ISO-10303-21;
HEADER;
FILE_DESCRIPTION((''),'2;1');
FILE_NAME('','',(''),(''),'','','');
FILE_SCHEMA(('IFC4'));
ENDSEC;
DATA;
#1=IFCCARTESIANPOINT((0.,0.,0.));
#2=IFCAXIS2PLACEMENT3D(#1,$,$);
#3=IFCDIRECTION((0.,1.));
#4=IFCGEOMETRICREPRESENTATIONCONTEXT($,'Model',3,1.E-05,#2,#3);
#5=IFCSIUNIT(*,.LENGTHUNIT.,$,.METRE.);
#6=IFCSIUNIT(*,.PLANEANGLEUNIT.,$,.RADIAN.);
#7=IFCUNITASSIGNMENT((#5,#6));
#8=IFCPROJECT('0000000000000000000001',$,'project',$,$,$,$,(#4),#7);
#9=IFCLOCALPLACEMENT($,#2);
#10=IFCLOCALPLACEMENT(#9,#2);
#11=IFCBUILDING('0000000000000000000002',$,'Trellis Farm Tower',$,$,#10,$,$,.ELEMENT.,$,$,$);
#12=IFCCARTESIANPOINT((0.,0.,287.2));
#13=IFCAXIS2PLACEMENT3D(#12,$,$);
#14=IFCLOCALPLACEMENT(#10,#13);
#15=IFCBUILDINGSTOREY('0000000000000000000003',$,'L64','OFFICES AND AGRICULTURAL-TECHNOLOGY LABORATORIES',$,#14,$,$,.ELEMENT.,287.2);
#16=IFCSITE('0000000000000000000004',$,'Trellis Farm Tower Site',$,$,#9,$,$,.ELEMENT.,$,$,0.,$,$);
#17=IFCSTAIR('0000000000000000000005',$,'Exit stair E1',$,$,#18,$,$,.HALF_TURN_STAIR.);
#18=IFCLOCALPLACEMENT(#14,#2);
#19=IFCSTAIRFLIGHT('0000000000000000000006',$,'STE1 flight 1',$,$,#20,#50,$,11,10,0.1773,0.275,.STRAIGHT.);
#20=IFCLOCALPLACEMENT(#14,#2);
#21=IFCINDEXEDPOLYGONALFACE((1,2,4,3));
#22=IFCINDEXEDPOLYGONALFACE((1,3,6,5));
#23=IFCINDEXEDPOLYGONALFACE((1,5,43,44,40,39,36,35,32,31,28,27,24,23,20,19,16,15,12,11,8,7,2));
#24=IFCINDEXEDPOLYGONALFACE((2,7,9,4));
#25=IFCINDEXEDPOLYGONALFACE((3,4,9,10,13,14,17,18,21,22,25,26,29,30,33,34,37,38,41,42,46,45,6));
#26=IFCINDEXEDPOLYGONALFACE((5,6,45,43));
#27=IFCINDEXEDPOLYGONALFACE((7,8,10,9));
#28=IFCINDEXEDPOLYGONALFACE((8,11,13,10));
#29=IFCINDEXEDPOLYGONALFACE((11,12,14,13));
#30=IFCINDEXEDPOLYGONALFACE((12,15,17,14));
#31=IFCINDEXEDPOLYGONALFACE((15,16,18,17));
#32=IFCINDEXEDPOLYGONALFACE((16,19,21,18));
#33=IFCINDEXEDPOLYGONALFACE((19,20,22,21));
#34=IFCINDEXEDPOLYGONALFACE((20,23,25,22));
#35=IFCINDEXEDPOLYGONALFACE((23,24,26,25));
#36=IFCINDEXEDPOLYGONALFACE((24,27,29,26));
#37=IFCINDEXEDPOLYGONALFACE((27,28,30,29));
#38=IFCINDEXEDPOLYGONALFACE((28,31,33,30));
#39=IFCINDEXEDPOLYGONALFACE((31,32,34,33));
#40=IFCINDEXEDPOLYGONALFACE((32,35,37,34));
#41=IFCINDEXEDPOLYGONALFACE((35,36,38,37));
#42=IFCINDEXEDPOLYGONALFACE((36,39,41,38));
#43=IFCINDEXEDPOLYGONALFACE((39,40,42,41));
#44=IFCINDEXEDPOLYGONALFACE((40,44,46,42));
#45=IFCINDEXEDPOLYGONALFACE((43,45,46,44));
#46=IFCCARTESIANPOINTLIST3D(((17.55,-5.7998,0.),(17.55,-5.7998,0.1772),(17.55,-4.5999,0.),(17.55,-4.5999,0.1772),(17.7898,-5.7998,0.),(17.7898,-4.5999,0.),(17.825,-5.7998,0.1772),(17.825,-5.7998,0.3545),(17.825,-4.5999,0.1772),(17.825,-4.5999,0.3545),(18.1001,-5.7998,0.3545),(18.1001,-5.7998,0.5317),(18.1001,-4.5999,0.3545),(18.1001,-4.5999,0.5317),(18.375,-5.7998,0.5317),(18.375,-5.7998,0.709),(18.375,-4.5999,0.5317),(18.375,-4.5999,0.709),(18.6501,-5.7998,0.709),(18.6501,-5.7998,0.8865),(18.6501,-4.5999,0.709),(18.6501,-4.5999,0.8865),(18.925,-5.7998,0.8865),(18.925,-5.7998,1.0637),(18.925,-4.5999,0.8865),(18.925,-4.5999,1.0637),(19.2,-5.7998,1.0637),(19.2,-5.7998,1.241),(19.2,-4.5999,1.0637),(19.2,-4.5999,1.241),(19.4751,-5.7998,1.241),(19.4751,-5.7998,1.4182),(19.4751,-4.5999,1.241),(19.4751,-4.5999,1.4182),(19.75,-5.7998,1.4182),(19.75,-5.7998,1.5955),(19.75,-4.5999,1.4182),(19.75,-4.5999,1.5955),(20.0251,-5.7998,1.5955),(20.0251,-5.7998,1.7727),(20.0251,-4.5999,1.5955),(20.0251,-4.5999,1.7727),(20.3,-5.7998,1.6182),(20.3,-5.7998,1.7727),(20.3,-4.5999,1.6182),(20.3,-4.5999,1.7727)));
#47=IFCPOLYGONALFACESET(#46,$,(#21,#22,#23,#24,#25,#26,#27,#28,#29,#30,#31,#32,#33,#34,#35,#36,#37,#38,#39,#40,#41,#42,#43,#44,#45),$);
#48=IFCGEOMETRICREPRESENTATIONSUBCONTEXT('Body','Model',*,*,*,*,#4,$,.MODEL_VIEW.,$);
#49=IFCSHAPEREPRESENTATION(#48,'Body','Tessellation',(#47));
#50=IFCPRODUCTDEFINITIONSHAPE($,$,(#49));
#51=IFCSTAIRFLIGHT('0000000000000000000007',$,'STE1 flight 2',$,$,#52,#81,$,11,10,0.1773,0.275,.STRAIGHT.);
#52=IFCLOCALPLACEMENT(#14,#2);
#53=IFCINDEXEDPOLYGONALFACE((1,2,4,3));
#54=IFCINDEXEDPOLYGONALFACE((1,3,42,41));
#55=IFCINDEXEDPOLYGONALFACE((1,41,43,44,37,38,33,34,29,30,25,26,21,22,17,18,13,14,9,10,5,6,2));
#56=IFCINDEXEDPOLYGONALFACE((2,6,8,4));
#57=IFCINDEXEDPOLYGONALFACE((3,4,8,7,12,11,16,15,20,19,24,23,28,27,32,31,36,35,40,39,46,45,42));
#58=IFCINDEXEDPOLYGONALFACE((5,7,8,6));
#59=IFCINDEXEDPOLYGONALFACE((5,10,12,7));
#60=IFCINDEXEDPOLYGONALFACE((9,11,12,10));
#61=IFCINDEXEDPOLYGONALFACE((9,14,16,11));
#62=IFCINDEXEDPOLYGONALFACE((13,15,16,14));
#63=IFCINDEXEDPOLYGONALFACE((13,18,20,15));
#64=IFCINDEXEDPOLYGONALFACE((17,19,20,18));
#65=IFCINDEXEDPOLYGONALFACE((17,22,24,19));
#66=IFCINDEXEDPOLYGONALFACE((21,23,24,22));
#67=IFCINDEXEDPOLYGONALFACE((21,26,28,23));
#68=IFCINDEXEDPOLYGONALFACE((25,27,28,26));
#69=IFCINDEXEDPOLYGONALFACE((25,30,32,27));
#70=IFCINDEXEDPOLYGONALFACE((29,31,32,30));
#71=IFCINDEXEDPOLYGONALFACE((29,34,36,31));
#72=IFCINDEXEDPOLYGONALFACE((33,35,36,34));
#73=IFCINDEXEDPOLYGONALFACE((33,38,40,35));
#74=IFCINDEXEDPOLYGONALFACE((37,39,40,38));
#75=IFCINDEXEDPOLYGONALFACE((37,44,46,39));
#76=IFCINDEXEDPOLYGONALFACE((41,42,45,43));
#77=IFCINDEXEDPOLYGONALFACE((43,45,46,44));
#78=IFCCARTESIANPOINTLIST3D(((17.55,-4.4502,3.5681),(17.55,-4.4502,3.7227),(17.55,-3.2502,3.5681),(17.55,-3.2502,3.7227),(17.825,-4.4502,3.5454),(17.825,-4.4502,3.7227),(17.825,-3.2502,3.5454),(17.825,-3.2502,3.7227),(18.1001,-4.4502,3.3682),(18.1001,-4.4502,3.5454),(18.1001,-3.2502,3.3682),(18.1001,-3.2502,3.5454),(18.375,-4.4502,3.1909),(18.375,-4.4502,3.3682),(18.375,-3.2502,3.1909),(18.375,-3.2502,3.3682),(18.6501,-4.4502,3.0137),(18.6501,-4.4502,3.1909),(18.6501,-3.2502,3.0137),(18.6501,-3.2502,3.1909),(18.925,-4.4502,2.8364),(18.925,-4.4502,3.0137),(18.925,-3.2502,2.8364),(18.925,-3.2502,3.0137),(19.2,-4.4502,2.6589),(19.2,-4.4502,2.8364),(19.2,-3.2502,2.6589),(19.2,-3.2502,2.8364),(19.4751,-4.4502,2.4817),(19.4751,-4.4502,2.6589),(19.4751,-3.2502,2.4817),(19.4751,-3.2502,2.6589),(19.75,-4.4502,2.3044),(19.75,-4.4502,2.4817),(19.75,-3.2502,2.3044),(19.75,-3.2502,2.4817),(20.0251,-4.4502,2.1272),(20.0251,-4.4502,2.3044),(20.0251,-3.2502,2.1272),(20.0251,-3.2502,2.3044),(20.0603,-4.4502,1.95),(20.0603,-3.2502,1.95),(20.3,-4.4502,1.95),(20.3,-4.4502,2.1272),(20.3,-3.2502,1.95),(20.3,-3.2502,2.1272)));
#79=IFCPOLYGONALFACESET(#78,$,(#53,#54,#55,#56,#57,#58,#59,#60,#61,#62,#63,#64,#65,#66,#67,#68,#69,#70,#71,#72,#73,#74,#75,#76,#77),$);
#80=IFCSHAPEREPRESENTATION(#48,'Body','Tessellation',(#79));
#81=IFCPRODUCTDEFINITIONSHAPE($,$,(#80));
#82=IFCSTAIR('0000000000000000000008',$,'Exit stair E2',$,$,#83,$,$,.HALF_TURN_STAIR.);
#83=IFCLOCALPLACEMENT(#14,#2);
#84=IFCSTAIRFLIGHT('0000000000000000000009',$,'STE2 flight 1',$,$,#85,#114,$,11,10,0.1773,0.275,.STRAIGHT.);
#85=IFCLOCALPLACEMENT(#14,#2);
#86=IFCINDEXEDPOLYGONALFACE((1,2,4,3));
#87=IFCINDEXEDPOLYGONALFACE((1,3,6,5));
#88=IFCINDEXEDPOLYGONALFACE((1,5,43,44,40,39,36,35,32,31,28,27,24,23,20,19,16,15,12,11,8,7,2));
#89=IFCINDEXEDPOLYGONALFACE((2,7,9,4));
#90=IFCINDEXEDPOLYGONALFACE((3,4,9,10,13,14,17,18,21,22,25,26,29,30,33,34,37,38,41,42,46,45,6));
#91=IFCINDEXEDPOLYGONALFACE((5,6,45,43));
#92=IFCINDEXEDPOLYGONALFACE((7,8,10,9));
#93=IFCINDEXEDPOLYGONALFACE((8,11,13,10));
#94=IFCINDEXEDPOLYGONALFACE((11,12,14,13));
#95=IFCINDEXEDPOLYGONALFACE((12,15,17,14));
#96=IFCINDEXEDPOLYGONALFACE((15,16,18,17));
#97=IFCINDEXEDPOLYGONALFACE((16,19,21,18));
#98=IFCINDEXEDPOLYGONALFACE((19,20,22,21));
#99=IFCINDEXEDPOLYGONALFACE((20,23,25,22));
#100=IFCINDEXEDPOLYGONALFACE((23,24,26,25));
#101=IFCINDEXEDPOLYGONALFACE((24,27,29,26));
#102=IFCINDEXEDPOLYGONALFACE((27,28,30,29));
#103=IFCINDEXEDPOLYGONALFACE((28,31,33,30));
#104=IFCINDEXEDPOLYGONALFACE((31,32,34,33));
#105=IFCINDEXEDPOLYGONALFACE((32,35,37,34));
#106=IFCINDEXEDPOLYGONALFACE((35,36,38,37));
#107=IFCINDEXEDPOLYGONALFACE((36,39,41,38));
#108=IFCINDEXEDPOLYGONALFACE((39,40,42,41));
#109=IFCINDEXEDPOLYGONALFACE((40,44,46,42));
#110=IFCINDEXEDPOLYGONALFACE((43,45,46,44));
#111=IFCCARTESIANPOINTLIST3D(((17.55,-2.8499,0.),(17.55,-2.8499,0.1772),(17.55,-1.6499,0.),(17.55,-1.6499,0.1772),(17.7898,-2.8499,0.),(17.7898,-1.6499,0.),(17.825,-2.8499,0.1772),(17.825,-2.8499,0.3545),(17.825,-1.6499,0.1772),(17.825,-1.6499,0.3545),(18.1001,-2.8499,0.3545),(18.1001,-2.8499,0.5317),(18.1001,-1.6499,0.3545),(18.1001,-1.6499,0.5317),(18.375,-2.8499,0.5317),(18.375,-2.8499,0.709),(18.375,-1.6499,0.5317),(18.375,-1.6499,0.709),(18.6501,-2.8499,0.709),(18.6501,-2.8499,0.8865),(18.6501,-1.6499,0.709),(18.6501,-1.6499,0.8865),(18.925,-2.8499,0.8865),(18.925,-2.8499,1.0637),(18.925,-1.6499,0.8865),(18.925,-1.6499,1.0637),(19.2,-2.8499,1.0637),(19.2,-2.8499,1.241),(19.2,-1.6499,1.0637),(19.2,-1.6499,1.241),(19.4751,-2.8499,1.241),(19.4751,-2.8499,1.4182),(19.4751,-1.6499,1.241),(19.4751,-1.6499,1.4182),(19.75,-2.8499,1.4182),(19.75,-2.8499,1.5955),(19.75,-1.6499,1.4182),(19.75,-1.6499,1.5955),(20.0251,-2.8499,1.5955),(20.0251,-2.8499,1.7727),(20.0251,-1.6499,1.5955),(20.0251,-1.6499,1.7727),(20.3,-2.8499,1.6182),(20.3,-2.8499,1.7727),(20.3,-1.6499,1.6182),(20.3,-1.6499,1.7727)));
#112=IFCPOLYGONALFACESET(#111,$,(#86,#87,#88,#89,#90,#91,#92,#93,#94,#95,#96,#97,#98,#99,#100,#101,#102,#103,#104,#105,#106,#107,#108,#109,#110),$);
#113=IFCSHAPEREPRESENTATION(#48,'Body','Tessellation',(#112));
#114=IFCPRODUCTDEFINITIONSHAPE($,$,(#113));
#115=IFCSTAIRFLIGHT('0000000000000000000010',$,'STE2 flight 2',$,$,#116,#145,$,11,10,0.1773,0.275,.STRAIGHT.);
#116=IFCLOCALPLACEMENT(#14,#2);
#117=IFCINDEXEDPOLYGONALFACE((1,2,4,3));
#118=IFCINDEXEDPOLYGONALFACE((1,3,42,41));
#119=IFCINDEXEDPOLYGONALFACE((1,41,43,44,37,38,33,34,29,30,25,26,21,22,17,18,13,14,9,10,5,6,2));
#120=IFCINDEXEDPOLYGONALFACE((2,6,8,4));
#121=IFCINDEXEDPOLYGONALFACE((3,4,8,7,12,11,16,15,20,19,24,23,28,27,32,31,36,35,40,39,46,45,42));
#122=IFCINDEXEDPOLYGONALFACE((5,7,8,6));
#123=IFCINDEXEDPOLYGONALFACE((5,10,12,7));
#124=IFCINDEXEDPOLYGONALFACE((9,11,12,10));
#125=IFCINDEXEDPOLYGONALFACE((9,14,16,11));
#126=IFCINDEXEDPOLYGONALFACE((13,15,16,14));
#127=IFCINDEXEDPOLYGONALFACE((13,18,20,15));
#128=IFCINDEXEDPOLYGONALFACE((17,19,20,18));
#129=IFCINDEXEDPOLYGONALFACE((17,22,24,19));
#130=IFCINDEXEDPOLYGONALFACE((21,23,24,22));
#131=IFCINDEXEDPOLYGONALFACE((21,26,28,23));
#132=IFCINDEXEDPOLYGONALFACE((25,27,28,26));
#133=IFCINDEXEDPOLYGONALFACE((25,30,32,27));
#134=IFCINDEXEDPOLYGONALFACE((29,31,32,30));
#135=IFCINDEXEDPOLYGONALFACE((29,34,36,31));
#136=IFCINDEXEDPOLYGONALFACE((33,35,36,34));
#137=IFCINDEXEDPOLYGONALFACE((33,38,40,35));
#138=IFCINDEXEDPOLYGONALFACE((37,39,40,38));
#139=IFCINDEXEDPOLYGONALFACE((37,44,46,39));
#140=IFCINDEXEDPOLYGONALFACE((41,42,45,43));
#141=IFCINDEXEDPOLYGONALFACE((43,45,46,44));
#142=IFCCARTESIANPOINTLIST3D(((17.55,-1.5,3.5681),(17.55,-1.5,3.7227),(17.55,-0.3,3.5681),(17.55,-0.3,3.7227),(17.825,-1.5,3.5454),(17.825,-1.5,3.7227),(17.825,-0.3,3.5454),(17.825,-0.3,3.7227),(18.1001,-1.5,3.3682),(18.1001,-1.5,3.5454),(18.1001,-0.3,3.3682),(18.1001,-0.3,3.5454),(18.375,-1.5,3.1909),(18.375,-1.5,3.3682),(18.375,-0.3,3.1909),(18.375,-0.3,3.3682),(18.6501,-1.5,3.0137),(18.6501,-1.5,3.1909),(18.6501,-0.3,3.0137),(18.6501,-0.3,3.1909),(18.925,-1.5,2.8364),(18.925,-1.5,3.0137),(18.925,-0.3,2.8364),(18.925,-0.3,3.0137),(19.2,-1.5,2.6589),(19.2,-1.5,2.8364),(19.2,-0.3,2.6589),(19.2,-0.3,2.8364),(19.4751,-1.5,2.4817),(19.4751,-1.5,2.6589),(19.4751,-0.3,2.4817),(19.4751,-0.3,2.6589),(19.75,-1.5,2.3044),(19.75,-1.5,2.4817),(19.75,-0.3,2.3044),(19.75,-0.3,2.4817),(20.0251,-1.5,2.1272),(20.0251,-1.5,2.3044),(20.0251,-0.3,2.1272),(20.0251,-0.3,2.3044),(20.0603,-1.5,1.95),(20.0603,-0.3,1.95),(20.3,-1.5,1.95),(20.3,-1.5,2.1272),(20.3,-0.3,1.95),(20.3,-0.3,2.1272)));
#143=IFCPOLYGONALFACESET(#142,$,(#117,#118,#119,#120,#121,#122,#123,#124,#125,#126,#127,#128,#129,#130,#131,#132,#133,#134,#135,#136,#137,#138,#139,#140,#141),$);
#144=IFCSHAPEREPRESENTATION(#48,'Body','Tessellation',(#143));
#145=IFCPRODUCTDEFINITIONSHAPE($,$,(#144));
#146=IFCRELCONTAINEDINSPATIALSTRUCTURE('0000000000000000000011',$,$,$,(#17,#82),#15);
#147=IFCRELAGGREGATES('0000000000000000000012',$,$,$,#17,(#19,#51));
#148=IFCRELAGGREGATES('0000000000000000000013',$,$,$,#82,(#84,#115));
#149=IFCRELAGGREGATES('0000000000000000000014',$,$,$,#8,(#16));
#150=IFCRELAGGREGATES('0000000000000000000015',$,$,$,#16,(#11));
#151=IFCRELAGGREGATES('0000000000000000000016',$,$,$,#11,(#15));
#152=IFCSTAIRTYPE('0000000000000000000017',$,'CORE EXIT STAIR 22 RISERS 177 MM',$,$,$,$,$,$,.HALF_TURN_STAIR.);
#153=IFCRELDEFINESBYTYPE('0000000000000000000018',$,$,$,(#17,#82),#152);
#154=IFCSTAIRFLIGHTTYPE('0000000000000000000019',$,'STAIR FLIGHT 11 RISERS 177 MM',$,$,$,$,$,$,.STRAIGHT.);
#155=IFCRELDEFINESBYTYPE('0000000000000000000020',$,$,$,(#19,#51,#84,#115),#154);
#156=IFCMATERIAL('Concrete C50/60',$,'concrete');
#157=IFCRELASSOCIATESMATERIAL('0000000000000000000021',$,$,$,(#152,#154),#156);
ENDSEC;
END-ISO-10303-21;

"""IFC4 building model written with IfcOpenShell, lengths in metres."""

from ifc_helpers import new_model, si_unit, direction, frame, origin, place, context, subcontext, project, spatial, polyline, outline, extrude, source, transform, mapped, material, type_object, element, aggregate, save


model = new_model("IFC4")

# Units and contexts
model_context = context("Model", 3, precision=1e-05, world=origin(), true_north=direction((0.0, 1.0)))
body_context = subcontext(model_context, "Body", "Model", "MODEL_VIEW")
ifc_project = project(units=[si_unit("LENGTHUNIT", "METRE"), si_unit("PLANEANGLEUNIT", "RADIAN")], contexts=[model_context])

# Site, building, storey
site_placement = place(None, origin())
site = spatial("IfcSite", under=ifc_project, at=site_placement, Name="Trellis Farm Tower Site", CompositionType="ELEMENT", RefElevation=0.0)
building_placement = place(site_placement, origin())
building = spatial("IfcBuilding", under=site, at=building_placement, Name="Trellis Farm Tower", CompositionType="ELEMENT")
storey_placement = place(building_placement, frame((0.0, 0.0, 287.2)))
storey = spatial("IfcBuildingStorey", under=building, at=storey_placement, Name="L64", Description="OFFICES AND AGRICULTURAL-TECHNOLOGY LABORATORIES", CompositionType="ELEMENT", Elevation=287.2)

# Shared definitions
placement = place(storey_placement, origin())

# Shared definitions
ifc_material_1 = material(Name="Concrete C50/60", Category="concrete")

# Stairs, stair flights
stair_type = type_object("IfcStairType", Name="CORE EXIT STAIR 22 RISERS 177 MM", PredefinedType="HALF_TURN_STAIR", material=ifc_material_1)
stair_1 = element("IfcStair", 1, at=placement, inside=storey, type_object=stair_type, Name="Exit stair E1", PredefinedType="HALF_TURN_STAIR")
stair_flight_type = type_object("IfcStairFlightType", Name="STAIR FLIGHT 11 RISERS 177 MM", PredefinedType="STRAIGHT", material=ifc_material_1)
shared_shape_1 = source(origin(), body_context, "Body", "SweptSolid", [
    extrude(outline(polyline([(0.0, 0.0), (0.0, 0.1772), (0.2749, 0.1772), (0.2749, 0.3545), (0.55, 0.3545), (0.55, 0.5317), (0.825, 0.5317), (0.825, 0.709), (1.1001, 0.709), (1.1001, 0.8865), (1.375, 0.8865), (1.375, 1.0637), (1.6499, 1.0637), (1.6499, 1.241), (1.925, 1.241), (1.925, 1.4182), (2.2, 1.4182), (2.2, 1.5955), (2.4751, 1.5955), (2.4751, 1.7727), (2.75, 1.7727), (2.75, 1.95), (2.75, 1.6182), (0.2397, 0.0), (0.0, 0.0)])), frame((0.0, 0.6001, 0.0), z_axis=(0.0, -1.0, 0.0), x_axis=(1.0, 0.0, 0.0)), (0.0, 0.0, 1.0), 1.2),
])
stair_flight_1_placement = place(storey_placement, frame((17.55, -5.2, 0.0), z_axis=(0.0, 0.0, 1.0), x_axis=(1.0, 0.0, 0.0)))
stair_flight_1 = element("IfcStairFlight", 2, at=stair_flight_1_placement, type_object=stair_flight_type, Name="STE1 flight 1", NumberOfRisers=11, NumberOfTreads=10, PredefinedType="STRAIGHT", RiserHeight=0.1773, TreadLength=0.275, context=body_context, shape_type="MappedRepresentation", body=[
    mapped(shared_shape_1, transform((0.0, 0.0, 0.0))),
])
stair_flight_2_placement = place(storey_placement, frame((20.3, -3.8501, 1.95), z_axis=(0.0, 0.0, 1.0), x_axis=(-1.0, 0.0, 0.0)))
stair_flight_2 = element("IfcStairFlight", 3, at=stair_flight_2_placement, type_object=stair_flight_type, Name="STE1 flight 2", NumberOfRisers=11, NumberOfTreads=10, PredefinedType="STRAIGHT", RiserHeight=0.1773, TreadLength=0.275, context=body_context, shape_type="MappedRepresentation", body=[
    mapped(shared_shape_1, transform((0.0, 0.0, 0.0))),
])
aggregate(stair_1, [stair_flight_1, stair_flight_2])
stair_2 = element("IfcStair", 4, at=placement, inside=storey, type_object=stair_type, Name="Exit stair E2", PredefinedType="HALF_TURN_STAIR")
stair_flight_3_placement = place(storey_placement, frame((17.55, -2.25, 0.0), z_axis=(0.0, 0.0, 1.0), x_axis=(1.0, 0.0, 0.0)))
stair_flight_3 = element("IfcStairFlight", 5, at=stair_flight_3_placement, type_object=stair_flight_type, Name="STE2 flight 1", NumberOfRisers=11, NumberOfTreads=10, PredefinedType="STRAIGHT", RiserHeight=0.1773, TreadLength=0.275, context=body_context, shape_type="MappedRepresentation", body=[
    mapped(shared_shape_1, transform((0.0, 0.0, 0.0))),
])
stair_flight_4_placement = place(storey_placement, frame((20.3, -0.8999, 1.95), z_axis=(0.0, 0.0, 1.0), x_axis=(-1.0, 0.0, 0.0)))
stair_flight_4 = element("IfcStairFlight", 6, at=stair_flight_4_placement, type_object=stair_flight_type, Name="STE2 flight 2", NumberOfRisers=11, NumberOfTreads=10, PredefinedType="STRAIGHT", RiserHeight=0.1773, TreadLength=0.275, context=body_context, shape_type="MappedRepresentation", body=[
    mapped(shared_shape_1, transform((0.0, 0.0, 0.0))),
])
aggregate(stair_2, [stair_flight_3, stair_flight_4])

save(model, "model.ifc")
